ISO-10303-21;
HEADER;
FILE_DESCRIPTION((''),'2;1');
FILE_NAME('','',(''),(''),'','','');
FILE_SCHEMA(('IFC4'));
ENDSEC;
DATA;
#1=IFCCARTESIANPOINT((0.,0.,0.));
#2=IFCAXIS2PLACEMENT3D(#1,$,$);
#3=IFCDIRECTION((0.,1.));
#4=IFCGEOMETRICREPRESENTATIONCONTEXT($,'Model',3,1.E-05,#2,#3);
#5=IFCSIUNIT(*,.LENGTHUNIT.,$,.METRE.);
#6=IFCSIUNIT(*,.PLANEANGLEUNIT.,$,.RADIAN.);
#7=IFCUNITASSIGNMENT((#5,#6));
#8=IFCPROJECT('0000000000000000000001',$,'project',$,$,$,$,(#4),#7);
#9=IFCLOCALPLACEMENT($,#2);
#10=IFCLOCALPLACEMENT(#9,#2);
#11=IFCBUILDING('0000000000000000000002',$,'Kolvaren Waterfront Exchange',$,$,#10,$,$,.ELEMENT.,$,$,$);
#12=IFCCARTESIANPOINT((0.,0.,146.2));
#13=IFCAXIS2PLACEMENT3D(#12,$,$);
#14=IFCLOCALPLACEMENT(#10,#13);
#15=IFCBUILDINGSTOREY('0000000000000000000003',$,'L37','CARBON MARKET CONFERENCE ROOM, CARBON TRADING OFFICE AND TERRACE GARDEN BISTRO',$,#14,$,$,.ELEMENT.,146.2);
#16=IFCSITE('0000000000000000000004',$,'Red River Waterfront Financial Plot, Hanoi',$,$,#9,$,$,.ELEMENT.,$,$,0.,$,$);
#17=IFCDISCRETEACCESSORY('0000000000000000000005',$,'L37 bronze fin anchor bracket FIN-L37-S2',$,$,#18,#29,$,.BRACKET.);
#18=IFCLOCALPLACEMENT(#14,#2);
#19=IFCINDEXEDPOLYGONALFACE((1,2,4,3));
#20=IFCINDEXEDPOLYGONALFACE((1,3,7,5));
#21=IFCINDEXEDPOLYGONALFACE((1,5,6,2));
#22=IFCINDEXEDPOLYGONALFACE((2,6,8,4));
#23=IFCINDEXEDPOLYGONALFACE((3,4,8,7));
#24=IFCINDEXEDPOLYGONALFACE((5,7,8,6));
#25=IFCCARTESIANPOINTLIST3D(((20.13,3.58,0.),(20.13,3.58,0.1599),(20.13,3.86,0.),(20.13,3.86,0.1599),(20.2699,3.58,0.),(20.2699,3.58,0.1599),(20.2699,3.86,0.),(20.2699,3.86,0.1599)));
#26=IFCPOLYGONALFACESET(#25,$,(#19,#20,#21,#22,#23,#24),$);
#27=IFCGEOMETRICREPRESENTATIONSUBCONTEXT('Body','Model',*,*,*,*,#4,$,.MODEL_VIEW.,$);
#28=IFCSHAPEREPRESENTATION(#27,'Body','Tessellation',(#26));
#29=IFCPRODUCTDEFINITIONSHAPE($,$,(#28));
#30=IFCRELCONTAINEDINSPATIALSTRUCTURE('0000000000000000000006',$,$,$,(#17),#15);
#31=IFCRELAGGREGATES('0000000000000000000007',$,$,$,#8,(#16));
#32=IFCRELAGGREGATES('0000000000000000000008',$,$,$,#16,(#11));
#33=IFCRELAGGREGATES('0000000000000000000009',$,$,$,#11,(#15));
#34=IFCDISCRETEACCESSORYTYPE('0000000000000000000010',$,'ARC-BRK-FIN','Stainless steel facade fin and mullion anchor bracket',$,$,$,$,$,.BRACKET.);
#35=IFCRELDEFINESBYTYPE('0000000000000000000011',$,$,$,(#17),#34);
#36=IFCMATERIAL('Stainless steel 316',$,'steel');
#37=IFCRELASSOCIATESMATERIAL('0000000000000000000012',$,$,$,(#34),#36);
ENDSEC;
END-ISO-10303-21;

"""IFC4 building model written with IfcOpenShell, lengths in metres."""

from ifc_helpers import new_model, si_unit, direction, frame, origin, origin_with_axes, origin_2d, place, context, subcontext, project, spatial, rectangle, extrude, source, transform, mapped, material, type_object, element, save


model = new_model("IFC4")

# Units and contexts
model_context = context("Model", 3, precision=1e-05, world=origin(), true_north=direction((0.0, 1.0)))
body_context = subcontext(model_context, "Body", "Model", "MODEL_VIEW")
ifc_project = project(units=[si_unit("LENGTHUNIT", "METRE"), si_unit("PLANEANGLEUNIT", "RADIAN")], contexts=[model_context])

# Site, building, storey
site_placement = place(None, origin())
site = spatial("IfcSite", under=ifc_project, at=site_placement, Name="Red River Waterfront Financial Plot, Hanoi", CompositionType="ELEMENT", RefElevation=0.0)
building_placement = place(site_placement, origin())
building = spatial("IfcBuilding", under=site, at=building_placement, Name="Kolvaren Waterfront Exchange", CompositionType="ELEMENT")
storey_placement = place(building_placement, frame((0.0, 0.0, 146.2)))
storey = spatial("IfcBuildingStorey", under=building, at=storey_placement, Name="L37", Description="CARBON MARKET CONFERENCE ROOM, CARBON TRADING OFFICE AND TERRACE GARDEN BISTRO", CompositionType="ELEMENT", Elevation=146.2)

# Shared definitions
ifc_material_1 = material(Name="Stainless steel 316", Category="steel")

# Discrete accessory
discrete_accessory_type = type_object("IfcDiscreteAccessoryType", Name="ARC-BRK-FIN", Description="Stainless steel facade fin and mullion anchor bracket", PredefinedType="BRACKET", material=ifc_material_1)
shared_shape_1 = source(origin_with_axes(), body_context, "Body", "SweptSolid", [
    extrude(rectangle(XDim=0.28, YDim=0.1399, at=origin_2d()), origin(), (0.0, 0.0, 1.0), 0.1599),
])
discrete_accessory_placement = place(storey_placement, frame((20.2, 3.72, 0.0), z_axis=(0.0, 0.0, 1.0), x_axis=(0.0, -1.0, 0.0)))
element("IfcDiscreteAccessory", 1, at=discrete_accessory_placement, inside=storey, type_object=discrete_accessory_type, Name="L37 bronze fin anchor bracket FIN-L37-S2", PredefinedType="BRACKET", context=body_context, shape_type="MappedRepresentation", body=[
    mapped(shared_shape_1, transform((0.0, 0.0, 0.0), x_axis=(1.0, 0.0, 0.0), y_axis=(0.0, 1.0, 0.0), z_axis=(0.0, 0.0, 1.0), scale=1.0)),
])

save(model, "model.ifc")
